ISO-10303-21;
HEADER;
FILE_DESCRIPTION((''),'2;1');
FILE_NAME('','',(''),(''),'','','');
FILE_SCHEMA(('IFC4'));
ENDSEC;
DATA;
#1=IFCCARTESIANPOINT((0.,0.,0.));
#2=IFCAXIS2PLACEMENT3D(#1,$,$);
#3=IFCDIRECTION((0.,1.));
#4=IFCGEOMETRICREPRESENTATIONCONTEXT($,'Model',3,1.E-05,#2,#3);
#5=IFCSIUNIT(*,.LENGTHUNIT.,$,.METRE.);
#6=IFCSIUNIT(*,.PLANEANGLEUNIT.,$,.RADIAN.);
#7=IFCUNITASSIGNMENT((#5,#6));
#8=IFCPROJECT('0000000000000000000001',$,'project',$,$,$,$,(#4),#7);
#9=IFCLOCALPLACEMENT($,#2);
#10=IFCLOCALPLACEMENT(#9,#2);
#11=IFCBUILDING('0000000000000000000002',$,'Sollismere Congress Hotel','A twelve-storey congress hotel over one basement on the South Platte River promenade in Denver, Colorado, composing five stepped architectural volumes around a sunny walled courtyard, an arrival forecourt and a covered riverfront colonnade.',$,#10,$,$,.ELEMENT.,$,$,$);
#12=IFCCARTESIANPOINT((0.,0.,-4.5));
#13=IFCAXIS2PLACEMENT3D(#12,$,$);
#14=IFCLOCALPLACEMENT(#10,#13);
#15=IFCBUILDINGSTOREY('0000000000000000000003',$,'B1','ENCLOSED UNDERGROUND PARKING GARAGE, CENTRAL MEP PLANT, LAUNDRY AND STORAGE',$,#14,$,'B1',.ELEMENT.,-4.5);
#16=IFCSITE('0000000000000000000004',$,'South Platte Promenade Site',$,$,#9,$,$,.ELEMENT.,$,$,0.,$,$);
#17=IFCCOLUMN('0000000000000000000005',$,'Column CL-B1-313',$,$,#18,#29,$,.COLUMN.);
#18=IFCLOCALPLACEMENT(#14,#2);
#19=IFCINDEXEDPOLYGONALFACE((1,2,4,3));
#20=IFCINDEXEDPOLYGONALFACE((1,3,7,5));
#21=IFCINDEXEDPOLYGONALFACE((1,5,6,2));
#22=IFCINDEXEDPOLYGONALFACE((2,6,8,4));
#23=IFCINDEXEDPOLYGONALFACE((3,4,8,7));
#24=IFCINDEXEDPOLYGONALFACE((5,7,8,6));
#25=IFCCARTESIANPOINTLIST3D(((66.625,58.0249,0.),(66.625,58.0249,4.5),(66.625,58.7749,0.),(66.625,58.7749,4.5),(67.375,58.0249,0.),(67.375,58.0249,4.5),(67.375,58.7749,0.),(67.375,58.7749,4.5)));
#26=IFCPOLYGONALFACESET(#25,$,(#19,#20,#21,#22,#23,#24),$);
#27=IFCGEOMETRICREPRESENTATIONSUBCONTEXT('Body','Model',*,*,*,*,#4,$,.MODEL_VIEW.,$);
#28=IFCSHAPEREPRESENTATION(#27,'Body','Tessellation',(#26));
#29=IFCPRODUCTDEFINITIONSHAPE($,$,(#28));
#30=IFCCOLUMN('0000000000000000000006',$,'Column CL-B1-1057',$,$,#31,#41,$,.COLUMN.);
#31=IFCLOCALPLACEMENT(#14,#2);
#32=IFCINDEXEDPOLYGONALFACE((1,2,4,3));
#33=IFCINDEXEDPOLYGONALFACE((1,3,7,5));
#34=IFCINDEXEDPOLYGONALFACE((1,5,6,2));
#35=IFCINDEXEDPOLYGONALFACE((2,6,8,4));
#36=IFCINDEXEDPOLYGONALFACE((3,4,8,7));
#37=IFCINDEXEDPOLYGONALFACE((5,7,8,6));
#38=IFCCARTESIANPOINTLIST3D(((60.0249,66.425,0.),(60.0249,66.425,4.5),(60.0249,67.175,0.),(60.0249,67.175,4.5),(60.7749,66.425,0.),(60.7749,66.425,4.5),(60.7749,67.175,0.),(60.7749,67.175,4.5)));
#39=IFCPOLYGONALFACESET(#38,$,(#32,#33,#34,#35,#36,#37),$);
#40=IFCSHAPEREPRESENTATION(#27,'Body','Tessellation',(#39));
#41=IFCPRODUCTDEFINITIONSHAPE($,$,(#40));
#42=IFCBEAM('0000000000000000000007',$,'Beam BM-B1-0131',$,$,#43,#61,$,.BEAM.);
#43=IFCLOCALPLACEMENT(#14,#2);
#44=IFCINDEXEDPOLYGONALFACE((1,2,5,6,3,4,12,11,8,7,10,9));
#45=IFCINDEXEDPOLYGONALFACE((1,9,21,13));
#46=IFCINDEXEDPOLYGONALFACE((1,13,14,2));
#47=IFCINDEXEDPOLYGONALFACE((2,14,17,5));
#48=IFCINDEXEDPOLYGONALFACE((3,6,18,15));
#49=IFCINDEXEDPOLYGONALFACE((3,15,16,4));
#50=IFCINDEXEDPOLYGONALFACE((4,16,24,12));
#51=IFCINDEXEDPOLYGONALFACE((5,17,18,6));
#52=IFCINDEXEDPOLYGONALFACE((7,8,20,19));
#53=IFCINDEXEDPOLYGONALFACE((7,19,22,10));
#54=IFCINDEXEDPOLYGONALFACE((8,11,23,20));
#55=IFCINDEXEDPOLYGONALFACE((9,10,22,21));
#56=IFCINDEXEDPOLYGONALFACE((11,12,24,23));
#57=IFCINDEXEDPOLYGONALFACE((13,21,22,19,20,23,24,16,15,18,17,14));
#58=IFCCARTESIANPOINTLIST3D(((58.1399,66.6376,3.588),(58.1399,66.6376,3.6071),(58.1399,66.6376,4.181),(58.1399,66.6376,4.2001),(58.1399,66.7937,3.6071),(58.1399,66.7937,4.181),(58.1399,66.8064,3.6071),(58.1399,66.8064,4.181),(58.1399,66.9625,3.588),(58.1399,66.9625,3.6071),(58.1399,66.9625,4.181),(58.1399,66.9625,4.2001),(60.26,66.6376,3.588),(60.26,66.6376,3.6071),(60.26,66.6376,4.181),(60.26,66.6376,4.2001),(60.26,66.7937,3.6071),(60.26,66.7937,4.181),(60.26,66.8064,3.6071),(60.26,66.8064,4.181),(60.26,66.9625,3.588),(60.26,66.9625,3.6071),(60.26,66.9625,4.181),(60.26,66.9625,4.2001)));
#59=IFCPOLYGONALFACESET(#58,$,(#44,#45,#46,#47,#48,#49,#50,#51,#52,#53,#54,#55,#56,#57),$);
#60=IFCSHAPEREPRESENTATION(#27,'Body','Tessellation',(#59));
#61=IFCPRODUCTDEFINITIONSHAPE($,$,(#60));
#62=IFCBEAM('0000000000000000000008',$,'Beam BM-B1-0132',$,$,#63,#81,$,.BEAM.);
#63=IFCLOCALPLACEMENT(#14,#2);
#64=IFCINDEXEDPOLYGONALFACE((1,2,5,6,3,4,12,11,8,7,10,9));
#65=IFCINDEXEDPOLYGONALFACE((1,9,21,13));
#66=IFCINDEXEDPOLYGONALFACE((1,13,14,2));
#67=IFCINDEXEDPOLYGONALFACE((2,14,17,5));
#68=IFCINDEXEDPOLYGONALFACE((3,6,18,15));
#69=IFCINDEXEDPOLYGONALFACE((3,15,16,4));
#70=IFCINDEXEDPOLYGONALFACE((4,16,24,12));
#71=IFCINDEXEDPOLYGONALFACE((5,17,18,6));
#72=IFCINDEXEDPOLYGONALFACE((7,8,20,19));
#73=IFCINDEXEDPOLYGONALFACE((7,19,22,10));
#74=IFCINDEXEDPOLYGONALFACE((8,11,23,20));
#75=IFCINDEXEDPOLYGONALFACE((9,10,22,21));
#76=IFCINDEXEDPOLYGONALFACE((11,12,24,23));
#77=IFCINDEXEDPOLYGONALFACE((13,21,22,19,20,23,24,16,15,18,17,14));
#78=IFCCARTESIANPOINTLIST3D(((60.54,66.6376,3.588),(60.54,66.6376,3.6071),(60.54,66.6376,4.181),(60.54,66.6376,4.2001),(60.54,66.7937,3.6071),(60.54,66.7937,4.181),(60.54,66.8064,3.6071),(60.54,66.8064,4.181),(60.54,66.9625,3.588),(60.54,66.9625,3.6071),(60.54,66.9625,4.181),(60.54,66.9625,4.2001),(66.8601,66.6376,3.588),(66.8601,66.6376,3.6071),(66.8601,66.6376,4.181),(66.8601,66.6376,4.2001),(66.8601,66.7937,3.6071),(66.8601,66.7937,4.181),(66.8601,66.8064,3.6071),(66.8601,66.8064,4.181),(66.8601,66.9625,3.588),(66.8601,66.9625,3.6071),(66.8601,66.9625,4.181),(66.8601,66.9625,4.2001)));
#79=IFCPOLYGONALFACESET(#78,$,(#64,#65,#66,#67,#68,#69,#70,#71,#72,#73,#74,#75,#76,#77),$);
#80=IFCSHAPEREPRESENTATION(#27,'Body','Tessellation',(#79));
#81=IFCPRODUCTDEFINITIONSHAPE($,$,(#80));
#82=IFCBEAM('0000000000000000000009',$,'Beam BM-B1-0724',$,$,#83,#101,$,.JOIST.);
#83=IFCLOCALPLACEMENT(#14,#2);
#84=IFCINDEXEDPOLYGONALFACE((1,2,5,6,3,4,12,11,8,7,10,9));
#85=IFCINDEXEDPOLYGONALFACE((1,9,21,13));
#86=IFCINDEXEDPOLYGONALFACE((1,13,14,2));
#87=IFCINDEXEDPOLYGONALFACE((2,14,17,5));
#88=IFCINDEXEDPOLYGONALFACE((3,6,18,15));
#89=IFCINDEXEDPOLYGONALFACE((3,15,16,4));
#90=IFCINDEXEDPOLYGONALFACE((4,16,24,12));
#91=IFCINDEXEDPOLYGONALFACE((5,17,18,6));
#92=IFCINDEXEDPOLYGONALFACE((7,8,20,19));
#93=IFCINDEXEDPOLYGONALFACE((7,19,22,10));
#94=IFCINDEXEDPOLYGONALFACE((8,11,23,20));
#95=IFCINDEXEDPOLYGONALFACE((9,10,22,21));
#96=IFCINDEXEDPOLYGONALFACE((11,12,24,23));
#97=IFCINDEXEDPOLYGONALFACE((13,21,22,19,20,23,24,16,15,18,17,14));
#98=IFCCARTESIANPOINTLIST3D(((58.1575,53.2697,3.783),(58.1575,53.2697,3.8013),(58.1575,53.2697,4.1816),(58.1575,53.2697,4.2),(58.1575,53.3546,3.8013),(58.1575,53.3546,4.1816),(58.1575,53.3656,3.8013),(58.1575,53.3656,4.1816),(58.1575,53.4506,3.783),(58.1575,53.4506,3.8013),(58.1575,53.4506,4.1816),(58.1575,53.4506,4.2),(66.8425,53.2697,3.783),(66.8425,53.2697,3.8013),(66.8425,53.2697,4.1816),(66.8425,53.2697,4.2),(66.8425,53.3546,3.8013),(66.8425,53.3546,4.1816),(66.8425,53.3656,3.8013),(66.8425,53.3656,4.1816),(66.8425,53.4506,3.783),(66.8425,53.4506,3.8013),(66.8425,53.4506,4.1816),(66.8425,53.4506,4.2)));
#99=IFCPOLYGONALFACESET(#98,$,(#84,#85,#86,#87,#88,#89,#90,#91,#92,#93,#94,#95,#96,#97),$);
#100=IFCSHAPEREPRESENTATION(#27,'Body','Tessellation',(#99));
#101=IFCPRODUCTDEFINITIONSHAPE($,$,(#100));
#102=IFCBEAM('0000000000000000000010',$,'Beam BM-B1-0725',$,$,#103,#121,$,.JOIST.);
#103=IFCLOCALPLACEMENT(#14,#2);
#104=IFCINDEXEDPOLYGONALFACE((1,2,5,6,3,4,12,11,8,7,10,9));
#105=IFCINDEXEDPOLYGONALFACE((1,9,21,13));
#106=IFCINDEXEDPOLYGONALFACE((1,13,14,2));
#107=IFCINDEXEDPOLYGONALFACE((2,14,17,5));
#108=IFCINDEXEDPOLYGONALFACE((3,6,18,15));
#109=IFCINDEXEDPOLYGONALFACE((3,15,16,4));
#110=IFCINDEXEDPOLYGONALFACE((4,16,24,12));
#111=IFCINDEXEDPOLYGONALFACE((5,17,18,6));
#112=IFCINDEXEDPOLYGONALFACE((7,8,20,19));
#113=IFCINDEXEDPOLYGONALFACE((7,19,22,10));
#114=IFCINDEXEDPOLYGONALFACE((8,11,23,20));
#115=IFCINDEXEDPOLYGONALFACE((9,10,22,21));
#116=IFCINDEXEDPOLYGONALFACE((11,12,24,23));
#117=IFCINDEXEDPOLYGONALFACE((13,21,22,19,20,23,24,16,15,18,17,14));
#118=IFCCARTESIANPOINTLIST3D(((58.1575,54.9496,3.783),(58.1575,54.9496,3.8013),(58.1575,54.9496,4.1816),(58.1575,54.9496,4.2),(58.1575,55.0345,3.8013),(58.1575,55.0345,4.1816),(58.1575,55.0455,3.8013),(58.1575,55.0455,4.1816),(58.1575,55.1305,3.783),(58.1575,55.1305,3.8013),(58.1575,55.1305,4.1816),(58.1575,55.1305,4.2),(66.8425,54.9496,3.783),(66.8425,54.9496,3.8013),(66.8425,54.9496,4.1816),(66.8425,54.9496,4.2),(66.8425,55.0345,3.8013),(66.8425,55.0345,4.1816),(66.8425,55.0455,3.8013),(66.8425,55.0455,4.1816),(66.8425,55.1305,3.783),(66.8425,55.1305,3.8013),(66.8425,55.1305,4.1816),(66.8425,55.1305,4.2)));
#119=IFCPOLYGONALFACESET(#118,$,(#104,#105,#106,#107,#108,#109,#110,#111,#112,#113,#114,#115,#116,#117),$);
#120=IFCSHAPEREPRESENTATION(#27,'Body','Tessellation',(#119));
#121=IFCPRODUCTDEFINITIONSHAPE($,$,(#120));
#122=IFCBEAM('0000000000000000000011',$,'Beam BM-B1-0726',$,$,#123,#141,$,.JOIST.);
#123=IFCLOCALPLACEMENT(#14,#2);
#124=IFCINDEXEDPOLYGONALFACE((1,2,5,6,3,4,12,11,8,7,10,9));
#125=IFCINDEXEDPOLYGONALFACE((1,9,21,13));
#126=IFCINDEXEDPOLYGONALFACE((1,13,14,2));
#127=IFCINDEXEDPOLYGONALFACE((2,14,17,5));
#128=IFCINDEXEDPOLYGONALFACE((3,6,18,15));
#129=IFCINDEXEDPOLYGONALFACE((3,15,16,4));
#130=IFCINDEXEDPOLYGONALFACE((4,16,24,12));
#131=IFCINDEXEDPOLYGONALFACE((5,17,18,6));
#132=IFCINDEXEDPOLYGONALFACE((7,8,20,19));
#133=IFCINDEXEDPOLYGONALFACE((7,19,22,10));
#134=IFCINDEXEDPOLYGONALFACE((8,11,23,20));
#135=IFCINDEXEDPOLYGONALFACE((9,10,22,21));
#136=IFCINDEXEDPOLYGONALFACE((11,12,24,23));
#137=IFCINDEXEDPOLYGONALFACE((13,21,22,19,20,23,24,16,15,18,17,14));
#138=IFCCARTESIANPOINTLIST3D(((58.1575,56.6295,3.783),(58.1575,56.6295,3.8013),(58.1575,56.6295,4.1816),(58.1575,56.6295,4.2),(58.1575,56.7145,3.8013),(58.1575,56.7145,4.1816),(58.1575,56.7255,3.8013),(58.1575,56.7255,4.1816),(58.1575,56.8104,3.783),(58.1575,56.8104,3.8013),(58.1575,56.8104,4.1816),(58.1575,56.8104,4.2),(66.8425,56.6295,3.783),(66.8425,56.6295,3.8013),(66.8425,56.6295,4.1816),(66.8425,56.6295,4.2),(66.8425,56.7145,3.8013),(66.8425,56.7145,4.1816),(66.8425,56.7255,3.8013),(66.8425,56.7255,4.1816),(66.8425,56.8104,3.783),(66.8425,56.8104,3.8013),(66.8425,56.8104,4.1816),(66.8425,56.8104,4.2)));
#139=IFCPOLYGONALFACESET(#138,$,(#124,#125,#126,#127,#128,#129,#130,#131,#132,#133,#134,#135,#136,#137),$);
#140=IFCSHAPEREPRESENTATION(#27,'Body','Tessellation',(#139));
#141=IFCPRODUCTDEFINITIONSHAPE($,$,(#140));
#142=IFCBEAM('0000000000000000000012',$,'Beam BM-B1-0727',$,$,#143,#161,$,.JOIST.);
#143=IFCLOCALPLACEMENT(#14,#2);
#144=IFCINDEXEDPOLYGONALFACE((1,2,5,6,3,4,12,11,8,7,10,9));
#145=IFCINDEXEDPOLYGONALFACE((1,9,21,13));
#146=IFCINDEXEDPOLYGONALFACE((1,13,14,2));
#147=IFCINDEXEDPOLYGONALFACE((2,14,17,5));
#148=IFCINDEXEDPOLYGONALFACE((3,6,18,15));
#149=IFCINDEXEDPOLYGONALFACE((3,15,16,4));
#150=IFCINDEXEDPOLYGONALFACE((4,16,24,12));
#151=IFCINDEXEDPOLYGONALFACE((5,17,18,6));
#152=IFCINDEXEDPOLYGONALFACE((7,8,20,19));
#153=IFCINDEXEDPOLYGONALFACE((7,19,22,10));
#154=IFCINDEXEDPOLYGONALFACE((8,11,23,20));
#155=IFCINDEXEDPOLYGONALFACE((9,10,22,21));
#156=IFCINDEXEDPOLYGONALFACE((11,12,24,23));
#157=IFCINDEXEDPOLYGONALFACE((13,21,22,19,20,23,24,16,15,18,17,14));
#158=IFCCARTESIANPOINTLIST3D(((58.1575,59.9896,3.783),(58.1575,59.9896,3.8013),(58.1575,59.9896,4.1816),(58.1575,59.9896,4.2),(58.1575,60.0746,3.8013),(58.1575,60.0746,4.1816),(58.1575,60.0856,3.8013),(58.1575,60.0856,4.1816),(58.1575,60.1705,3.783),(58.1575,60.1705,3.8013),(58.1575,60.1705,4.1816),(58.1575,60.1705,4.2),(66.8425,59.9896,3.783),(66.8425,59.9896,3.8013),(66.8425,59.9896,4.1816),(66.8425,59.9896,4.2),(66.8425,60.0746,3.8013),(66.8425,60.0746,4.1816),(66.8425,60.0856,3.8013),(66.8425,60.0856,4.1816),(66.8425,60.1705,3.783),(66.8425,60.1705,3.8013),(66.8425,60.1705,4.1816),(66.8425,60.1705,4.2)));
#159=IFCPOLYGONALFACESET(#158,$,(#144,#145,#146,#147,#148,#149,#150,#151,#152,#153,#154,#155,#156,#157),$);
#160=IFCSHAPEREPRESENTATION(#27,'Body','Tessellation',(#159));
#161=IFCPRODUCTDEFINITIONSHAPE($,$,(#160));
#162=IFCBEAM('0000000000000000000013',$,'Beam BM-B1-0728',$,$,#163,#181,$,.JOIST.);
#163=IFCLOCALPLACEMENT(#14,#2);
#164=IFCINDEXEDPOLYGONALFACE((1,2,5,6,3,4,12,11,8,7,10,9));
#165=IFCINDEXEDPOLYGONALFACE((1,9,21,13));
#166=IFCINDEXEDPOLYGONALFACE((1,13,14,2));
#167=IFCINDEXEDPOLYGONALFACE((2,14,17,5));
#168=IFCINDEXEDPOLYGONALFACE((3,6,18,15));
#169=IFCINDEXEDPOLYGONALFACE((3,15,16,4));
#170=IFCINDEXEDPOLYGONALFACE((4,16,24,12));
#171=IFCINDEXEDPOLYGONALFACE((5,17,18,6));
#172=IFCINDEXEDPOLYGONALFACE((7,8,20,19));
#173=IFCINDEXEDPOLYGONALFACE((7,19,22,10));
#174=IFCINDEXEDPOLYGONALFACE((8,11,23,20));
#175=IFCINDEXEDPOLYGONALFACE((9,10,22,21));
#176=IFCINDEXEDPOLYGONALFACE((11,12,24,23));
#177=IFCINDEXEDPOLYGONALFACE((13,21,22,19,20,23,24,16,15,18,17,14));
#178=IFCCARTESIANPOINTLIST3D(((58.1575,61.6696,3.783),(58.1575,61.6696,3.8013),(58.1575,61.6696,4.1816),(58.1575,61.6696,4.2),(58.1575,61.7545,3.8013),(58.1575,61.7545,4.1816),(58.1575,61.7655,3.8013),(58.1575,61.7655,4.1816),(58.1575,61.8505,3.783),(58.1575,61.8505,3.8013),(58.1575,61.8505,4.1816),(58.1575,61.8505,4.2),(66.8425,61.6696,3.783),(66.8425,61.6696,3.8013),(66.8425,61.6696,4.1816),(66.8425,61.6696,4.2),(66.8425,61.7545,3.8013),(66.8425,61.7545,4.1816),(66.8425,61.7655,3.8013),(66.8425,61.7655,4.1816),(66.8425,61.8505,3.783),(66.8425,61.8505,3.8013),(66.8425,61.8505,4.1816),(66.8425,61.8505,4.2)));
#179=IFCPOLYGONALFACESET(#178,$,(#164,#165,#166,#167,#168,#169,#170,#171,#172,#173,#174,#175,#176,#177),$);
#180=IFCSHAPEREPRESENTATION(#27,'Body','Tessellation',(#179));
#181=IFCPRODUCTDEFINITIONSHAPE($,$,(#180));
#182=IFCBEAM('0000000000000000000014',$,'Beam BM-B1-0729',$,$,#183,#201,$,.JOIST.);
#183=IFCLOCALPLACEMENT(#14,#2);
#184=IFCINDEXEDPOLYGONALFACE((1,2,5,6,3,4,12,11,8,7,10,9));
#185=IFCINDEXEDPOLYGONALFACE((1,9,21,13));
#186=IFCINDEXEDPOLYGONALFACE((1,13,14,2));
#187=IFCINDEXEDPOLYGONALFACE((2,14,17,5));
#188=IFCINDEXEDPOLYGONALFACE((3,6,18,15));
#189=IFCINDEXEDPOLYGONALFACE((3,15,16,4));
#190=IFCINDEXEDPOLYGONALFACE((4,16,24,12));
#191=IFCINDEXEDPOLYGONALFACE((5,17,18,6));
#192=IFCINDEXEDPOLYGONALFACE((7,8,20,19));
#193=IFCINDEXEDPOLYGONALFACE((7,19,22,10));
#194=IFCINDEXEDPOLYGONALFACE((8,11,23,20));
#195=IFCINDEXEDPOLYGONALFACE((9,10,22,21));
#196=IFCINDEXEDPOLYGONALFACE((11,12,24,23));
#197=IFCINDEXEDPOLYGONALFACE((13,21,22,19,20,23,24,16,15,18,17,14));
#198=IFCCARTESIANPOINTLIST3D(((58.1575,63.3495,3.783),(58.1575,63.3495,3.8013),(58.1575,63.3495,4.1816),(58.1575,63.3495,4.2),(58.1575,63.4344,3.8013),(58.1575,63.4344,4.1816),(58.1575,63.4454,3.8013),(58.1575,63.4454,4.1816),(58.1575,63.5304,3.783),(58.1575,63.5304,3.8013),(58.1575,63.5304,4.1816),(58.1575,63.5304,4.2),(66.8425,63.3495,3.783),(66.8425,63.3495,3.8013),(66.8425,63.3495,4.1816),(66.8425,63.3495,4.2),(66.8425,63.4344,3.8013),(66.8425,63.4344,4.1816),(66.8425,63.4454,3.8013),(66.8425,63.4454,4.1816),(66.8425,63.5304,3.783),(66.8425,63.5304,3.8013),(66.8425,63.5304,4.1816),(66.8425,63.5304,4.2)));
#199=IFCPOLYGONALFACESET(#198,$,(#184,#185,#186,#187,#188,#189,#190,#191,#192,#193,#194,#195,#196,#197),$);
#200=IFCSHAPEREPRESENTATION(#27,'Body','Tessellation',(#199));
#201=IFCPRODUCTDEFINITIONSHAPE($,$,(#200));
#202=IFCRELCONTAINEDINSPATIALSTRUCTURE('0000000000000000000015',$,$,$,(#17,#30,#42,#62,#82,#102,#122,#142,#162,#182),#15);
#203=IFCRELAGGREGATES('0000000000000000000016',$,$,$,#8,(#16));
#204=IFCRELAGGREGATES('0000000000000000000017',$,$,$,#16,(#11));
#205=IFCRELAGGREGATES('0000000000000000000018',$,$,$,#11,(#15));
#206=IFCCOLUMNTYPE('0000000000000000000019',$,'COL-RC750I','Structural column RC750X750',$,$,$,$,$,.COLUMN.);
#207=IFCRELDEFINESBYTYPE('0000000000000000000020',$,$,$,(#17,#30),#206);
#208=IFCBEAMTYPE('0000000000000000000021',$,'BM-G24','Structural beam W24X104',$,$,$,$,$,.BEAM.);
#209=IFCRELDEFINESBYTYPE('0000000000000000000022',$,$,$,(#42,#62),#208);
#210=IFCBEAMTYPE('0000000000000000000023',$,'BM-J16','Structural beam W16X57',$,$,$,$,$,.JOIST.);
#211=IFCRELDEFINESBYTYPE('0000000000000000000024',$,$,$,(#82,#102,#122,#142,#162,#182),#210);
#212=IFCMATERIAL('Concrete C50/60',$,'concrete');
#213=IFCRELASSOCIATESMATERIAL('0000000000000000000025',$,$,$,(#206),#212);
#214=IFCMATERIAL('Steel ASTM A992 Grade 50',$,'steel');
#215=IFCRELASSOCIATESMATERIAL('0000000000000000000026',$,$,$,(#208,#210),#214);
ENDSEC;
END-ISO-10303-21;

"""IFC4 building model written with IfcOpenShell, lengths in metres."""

from ifc_helpers import new_model, si_unit, direction, frame, origin, origin_2d, place, context, subcontext, project, spatial, rectangle, i_section, extrude, material, material_profile, profile_set, type_object, element, save


model = new_model("IFC4")

# Units and contexts
model_context = context("Model", 3, precision=1e-05, world=origin(), true_north=direction((0.0, 1.0)))
body_context = subcontext(model_context, "Body", "Model", "MODEL_VIEW")
ifc_project = project(units=[si_unit("LENGTHUNIT", "METRE"), si_unit("PLANEANGLEUNIT", "RADIAN")], contexts=[model_context])

# Site, building, storey
site_placement = place(None, origin())
site = spatial("IfcSite", under=ifc_project, at=site_placement, Name="South Platte Promenade Site", CompositionType="ELEMENT", RefElevation=0.0)
building_placement = place(site_placement, origin())
building = spatial("IfcBuilding", under=site, at=building_placement, Name="Sollismere Congress Hotel", Description="A twelve-storey congress hotel over one basement on the South Platte River promenade in Denver, Colorado, composing five stepped architectural volumes around a sunny walled courtyard, an arrival forecourt and a covered riverfront colonnade.", CompositionType="ELEMENT")
storey_placement = place(building_placement, frame((0.0, 0.0, -4.5)))
storey = spatial("IfcBuildingStorey", under=building, at=storey_placement, Name="B1", Description="ENCLOSED UNDERGROUND PARKING GARAGE, CENTRAL MEP PLANT, LAUNDRY AND STORAGE", LongName="B1", CompositionType="ELEMENT", Elevation=-4.5)

# Columns
ifc_material_1 = material(Name="Concrete C50/60", Category="concrete")
ifc_material_profile_1 = material_profile(ifc_material_1, rectangle(XDim=0.75, YDim=0.75, at=origin_2d()), Name="RC750X750")
ifc_profile_set_1 = profile_set([ifc_material_profile_1], Name="Concrete C50/60")
column_type = type_object("IfcColumnType", Name="COL-RC750I", Description="Structural column RC750X750", PredefinedType="COLUMN", material=ifc_profile_set_1)
for number, where, z_axis, x_axis, name in (
    (1, (67.0, 58.3999, 0.0), (0.0, 0.0, 1.0), (1.0, 0.0, 0.0), "Column CL-B1-313"),
    (2, (60.3999, 66.8, 0.0), (0.0, 0.0, 1.0), (1.0, 0.0, 0.0), "Column CL-B1-1057"),
):
    element("IfcColumn", number, at=place(storey_placement, frame(where, z_axis=z_axis, x_axis=x_axis)), inside=storey, type_object=column_type, Name=name, PredefinedType="COLUMN", context=body_context, shape_type="SweptSolid", body=[
        extrude(rectangle(XDim=0.75, YDim=0.75, at=origin_2d()), origin(), (0.0, 0.0, 1.0), 4.5),
    ])

# Beams
ifc_material_2 = material(Name="Steel ASTM A992 Grade 50", Category="steel")
ifc_material_profile_2 = material_profile(ifc_material_2, i_section(OverallWidth=0.325, OverallDepth=0.6121, WebThickness=0.0127, FlangeThickness=0.019, at=origin_2d()), Name="W24X104")
ifc_profile_set_2 = profile_set([ifc_material_profile_2], Name="Steel ASTM A992 Grade 50")
beam_type_1 = type_object("IfcBeamType", Name="BM-G24", Description="Structural beam W24X104", PredefinedType="BEAM", material=ifc_profile_set_2)
beam_1_placement = place(storey_placement, frame((58.1399, 66.8, 3.894), z_axis=(1.0, 0.0, 0.0), x_axis=(0.0, 1.0, 0.0)))
element("IfcBeam", 3, at=beam_1_placement, inside=storey, type_object=beam_type_1, Name="Beam BM-B1-0131", PredefinedType="BEAM", context=body_context, shape_type="SweptSolid", body=[
    extrude(i_section(OverallWidth=0.325, OverallDepth=0.6121, WebThickness=0.0127, FlangeThickness=0.019, at=origin_2d()), origin(), (0.0, 0.0, 1.0), 2.1201),
])
beam_2_placement = place(storey_placement, frame((60.54, 66.8, 3.894), z_axis=(1.0, 0.0, 0.0), x_axis=(0.0, 1.0, 0.0)))
element("IfcBeam", 4, at=beam_2_placement, inside=storey, type_object=beam_type_1, Name="Beam BM-B1-0132", PredefinedType="BEAM", context=body_context, shape_type="SweptSolid", body=[
    extrude(i_section(OverallWidth=0.325, OverallDepth=0.6121, WebThickness=0.0127, FlangeThickness=0.019, at=origin_2d()), origin(), (0.0, 0.0, 1.0), 6.3201),
])
ifc_material_profile_3 = material_profile(ifc_material_2, i_section(OverallWidth=0.1809, OverallDepth=0.417, WebThickness=0.011, FlangeThickness=0.0183, at=origin_2d()), Name="W16X57")
ifc_profile_set_3 = profile_set([ifc_material_profile_3], Name="Steel ASTM A992 Grade 50")
beam_type_2 = type_object("IfcBeamType", Name="BM-J16", Description="Structural beam W16X57", PredefinedType="JOIST", material=ifc_profile_set_3)
for number, where, z_axis, x_axis, name in (
    (5, (58.1575, 53.3601, 3.9915), (1.0, 0.0, 0.0), (0.0, 1.0, 0.0), "Beam BM-B1-0724"),
    (6, (58.1575, 55.04, 3.9915), (1.0, 0.0, 0.0), (0.0, 1.0, 0.0), "Beam BM-B1-0725"),
    (7, (58.1575, 56.72, 3.9915), (1.0, 0.0, 0.0), (0.0, 1.0, 0.0), "Beam BM-B1-0726"),
    (8, (58.1575, 60.0801, 3.9915), (1.0, 0.0, 0.0), (0.0, 1.0, 0.0), "Beam BM-B1-0727"),
    (9, (58.1575, 61.76, 3.9915), (1.0, 0.0, 0.0), (0.0, 1.0, 0.0), "Beam BM-B1-0728"),
    (10, (58.1575, 63.4399, 3.9915), (1.0, 0.0, 0.0), (0.0, 1.0, 0.0), "Beam BM-B1-0729"),
):
    element("IfcBeam", number, at=place(storey_placement, frame(where, z_axis=z_axis, x_axis=x_axis)), inside=storey, type_object=beam_type_2, Name=name, PredefinedType="JOIST", context=body_context, shape_type="SweptSolid", body=[
        extrude(i_section(OverallWidth=0.1809, OverallDepth=0.417, WebThickness=0.011, FlangeThickness=0.0183, at=origin_2d()), origin(), (0.0, 0.0, 1.0), 8.6851),
    ])

save(model, "model.ifc")
